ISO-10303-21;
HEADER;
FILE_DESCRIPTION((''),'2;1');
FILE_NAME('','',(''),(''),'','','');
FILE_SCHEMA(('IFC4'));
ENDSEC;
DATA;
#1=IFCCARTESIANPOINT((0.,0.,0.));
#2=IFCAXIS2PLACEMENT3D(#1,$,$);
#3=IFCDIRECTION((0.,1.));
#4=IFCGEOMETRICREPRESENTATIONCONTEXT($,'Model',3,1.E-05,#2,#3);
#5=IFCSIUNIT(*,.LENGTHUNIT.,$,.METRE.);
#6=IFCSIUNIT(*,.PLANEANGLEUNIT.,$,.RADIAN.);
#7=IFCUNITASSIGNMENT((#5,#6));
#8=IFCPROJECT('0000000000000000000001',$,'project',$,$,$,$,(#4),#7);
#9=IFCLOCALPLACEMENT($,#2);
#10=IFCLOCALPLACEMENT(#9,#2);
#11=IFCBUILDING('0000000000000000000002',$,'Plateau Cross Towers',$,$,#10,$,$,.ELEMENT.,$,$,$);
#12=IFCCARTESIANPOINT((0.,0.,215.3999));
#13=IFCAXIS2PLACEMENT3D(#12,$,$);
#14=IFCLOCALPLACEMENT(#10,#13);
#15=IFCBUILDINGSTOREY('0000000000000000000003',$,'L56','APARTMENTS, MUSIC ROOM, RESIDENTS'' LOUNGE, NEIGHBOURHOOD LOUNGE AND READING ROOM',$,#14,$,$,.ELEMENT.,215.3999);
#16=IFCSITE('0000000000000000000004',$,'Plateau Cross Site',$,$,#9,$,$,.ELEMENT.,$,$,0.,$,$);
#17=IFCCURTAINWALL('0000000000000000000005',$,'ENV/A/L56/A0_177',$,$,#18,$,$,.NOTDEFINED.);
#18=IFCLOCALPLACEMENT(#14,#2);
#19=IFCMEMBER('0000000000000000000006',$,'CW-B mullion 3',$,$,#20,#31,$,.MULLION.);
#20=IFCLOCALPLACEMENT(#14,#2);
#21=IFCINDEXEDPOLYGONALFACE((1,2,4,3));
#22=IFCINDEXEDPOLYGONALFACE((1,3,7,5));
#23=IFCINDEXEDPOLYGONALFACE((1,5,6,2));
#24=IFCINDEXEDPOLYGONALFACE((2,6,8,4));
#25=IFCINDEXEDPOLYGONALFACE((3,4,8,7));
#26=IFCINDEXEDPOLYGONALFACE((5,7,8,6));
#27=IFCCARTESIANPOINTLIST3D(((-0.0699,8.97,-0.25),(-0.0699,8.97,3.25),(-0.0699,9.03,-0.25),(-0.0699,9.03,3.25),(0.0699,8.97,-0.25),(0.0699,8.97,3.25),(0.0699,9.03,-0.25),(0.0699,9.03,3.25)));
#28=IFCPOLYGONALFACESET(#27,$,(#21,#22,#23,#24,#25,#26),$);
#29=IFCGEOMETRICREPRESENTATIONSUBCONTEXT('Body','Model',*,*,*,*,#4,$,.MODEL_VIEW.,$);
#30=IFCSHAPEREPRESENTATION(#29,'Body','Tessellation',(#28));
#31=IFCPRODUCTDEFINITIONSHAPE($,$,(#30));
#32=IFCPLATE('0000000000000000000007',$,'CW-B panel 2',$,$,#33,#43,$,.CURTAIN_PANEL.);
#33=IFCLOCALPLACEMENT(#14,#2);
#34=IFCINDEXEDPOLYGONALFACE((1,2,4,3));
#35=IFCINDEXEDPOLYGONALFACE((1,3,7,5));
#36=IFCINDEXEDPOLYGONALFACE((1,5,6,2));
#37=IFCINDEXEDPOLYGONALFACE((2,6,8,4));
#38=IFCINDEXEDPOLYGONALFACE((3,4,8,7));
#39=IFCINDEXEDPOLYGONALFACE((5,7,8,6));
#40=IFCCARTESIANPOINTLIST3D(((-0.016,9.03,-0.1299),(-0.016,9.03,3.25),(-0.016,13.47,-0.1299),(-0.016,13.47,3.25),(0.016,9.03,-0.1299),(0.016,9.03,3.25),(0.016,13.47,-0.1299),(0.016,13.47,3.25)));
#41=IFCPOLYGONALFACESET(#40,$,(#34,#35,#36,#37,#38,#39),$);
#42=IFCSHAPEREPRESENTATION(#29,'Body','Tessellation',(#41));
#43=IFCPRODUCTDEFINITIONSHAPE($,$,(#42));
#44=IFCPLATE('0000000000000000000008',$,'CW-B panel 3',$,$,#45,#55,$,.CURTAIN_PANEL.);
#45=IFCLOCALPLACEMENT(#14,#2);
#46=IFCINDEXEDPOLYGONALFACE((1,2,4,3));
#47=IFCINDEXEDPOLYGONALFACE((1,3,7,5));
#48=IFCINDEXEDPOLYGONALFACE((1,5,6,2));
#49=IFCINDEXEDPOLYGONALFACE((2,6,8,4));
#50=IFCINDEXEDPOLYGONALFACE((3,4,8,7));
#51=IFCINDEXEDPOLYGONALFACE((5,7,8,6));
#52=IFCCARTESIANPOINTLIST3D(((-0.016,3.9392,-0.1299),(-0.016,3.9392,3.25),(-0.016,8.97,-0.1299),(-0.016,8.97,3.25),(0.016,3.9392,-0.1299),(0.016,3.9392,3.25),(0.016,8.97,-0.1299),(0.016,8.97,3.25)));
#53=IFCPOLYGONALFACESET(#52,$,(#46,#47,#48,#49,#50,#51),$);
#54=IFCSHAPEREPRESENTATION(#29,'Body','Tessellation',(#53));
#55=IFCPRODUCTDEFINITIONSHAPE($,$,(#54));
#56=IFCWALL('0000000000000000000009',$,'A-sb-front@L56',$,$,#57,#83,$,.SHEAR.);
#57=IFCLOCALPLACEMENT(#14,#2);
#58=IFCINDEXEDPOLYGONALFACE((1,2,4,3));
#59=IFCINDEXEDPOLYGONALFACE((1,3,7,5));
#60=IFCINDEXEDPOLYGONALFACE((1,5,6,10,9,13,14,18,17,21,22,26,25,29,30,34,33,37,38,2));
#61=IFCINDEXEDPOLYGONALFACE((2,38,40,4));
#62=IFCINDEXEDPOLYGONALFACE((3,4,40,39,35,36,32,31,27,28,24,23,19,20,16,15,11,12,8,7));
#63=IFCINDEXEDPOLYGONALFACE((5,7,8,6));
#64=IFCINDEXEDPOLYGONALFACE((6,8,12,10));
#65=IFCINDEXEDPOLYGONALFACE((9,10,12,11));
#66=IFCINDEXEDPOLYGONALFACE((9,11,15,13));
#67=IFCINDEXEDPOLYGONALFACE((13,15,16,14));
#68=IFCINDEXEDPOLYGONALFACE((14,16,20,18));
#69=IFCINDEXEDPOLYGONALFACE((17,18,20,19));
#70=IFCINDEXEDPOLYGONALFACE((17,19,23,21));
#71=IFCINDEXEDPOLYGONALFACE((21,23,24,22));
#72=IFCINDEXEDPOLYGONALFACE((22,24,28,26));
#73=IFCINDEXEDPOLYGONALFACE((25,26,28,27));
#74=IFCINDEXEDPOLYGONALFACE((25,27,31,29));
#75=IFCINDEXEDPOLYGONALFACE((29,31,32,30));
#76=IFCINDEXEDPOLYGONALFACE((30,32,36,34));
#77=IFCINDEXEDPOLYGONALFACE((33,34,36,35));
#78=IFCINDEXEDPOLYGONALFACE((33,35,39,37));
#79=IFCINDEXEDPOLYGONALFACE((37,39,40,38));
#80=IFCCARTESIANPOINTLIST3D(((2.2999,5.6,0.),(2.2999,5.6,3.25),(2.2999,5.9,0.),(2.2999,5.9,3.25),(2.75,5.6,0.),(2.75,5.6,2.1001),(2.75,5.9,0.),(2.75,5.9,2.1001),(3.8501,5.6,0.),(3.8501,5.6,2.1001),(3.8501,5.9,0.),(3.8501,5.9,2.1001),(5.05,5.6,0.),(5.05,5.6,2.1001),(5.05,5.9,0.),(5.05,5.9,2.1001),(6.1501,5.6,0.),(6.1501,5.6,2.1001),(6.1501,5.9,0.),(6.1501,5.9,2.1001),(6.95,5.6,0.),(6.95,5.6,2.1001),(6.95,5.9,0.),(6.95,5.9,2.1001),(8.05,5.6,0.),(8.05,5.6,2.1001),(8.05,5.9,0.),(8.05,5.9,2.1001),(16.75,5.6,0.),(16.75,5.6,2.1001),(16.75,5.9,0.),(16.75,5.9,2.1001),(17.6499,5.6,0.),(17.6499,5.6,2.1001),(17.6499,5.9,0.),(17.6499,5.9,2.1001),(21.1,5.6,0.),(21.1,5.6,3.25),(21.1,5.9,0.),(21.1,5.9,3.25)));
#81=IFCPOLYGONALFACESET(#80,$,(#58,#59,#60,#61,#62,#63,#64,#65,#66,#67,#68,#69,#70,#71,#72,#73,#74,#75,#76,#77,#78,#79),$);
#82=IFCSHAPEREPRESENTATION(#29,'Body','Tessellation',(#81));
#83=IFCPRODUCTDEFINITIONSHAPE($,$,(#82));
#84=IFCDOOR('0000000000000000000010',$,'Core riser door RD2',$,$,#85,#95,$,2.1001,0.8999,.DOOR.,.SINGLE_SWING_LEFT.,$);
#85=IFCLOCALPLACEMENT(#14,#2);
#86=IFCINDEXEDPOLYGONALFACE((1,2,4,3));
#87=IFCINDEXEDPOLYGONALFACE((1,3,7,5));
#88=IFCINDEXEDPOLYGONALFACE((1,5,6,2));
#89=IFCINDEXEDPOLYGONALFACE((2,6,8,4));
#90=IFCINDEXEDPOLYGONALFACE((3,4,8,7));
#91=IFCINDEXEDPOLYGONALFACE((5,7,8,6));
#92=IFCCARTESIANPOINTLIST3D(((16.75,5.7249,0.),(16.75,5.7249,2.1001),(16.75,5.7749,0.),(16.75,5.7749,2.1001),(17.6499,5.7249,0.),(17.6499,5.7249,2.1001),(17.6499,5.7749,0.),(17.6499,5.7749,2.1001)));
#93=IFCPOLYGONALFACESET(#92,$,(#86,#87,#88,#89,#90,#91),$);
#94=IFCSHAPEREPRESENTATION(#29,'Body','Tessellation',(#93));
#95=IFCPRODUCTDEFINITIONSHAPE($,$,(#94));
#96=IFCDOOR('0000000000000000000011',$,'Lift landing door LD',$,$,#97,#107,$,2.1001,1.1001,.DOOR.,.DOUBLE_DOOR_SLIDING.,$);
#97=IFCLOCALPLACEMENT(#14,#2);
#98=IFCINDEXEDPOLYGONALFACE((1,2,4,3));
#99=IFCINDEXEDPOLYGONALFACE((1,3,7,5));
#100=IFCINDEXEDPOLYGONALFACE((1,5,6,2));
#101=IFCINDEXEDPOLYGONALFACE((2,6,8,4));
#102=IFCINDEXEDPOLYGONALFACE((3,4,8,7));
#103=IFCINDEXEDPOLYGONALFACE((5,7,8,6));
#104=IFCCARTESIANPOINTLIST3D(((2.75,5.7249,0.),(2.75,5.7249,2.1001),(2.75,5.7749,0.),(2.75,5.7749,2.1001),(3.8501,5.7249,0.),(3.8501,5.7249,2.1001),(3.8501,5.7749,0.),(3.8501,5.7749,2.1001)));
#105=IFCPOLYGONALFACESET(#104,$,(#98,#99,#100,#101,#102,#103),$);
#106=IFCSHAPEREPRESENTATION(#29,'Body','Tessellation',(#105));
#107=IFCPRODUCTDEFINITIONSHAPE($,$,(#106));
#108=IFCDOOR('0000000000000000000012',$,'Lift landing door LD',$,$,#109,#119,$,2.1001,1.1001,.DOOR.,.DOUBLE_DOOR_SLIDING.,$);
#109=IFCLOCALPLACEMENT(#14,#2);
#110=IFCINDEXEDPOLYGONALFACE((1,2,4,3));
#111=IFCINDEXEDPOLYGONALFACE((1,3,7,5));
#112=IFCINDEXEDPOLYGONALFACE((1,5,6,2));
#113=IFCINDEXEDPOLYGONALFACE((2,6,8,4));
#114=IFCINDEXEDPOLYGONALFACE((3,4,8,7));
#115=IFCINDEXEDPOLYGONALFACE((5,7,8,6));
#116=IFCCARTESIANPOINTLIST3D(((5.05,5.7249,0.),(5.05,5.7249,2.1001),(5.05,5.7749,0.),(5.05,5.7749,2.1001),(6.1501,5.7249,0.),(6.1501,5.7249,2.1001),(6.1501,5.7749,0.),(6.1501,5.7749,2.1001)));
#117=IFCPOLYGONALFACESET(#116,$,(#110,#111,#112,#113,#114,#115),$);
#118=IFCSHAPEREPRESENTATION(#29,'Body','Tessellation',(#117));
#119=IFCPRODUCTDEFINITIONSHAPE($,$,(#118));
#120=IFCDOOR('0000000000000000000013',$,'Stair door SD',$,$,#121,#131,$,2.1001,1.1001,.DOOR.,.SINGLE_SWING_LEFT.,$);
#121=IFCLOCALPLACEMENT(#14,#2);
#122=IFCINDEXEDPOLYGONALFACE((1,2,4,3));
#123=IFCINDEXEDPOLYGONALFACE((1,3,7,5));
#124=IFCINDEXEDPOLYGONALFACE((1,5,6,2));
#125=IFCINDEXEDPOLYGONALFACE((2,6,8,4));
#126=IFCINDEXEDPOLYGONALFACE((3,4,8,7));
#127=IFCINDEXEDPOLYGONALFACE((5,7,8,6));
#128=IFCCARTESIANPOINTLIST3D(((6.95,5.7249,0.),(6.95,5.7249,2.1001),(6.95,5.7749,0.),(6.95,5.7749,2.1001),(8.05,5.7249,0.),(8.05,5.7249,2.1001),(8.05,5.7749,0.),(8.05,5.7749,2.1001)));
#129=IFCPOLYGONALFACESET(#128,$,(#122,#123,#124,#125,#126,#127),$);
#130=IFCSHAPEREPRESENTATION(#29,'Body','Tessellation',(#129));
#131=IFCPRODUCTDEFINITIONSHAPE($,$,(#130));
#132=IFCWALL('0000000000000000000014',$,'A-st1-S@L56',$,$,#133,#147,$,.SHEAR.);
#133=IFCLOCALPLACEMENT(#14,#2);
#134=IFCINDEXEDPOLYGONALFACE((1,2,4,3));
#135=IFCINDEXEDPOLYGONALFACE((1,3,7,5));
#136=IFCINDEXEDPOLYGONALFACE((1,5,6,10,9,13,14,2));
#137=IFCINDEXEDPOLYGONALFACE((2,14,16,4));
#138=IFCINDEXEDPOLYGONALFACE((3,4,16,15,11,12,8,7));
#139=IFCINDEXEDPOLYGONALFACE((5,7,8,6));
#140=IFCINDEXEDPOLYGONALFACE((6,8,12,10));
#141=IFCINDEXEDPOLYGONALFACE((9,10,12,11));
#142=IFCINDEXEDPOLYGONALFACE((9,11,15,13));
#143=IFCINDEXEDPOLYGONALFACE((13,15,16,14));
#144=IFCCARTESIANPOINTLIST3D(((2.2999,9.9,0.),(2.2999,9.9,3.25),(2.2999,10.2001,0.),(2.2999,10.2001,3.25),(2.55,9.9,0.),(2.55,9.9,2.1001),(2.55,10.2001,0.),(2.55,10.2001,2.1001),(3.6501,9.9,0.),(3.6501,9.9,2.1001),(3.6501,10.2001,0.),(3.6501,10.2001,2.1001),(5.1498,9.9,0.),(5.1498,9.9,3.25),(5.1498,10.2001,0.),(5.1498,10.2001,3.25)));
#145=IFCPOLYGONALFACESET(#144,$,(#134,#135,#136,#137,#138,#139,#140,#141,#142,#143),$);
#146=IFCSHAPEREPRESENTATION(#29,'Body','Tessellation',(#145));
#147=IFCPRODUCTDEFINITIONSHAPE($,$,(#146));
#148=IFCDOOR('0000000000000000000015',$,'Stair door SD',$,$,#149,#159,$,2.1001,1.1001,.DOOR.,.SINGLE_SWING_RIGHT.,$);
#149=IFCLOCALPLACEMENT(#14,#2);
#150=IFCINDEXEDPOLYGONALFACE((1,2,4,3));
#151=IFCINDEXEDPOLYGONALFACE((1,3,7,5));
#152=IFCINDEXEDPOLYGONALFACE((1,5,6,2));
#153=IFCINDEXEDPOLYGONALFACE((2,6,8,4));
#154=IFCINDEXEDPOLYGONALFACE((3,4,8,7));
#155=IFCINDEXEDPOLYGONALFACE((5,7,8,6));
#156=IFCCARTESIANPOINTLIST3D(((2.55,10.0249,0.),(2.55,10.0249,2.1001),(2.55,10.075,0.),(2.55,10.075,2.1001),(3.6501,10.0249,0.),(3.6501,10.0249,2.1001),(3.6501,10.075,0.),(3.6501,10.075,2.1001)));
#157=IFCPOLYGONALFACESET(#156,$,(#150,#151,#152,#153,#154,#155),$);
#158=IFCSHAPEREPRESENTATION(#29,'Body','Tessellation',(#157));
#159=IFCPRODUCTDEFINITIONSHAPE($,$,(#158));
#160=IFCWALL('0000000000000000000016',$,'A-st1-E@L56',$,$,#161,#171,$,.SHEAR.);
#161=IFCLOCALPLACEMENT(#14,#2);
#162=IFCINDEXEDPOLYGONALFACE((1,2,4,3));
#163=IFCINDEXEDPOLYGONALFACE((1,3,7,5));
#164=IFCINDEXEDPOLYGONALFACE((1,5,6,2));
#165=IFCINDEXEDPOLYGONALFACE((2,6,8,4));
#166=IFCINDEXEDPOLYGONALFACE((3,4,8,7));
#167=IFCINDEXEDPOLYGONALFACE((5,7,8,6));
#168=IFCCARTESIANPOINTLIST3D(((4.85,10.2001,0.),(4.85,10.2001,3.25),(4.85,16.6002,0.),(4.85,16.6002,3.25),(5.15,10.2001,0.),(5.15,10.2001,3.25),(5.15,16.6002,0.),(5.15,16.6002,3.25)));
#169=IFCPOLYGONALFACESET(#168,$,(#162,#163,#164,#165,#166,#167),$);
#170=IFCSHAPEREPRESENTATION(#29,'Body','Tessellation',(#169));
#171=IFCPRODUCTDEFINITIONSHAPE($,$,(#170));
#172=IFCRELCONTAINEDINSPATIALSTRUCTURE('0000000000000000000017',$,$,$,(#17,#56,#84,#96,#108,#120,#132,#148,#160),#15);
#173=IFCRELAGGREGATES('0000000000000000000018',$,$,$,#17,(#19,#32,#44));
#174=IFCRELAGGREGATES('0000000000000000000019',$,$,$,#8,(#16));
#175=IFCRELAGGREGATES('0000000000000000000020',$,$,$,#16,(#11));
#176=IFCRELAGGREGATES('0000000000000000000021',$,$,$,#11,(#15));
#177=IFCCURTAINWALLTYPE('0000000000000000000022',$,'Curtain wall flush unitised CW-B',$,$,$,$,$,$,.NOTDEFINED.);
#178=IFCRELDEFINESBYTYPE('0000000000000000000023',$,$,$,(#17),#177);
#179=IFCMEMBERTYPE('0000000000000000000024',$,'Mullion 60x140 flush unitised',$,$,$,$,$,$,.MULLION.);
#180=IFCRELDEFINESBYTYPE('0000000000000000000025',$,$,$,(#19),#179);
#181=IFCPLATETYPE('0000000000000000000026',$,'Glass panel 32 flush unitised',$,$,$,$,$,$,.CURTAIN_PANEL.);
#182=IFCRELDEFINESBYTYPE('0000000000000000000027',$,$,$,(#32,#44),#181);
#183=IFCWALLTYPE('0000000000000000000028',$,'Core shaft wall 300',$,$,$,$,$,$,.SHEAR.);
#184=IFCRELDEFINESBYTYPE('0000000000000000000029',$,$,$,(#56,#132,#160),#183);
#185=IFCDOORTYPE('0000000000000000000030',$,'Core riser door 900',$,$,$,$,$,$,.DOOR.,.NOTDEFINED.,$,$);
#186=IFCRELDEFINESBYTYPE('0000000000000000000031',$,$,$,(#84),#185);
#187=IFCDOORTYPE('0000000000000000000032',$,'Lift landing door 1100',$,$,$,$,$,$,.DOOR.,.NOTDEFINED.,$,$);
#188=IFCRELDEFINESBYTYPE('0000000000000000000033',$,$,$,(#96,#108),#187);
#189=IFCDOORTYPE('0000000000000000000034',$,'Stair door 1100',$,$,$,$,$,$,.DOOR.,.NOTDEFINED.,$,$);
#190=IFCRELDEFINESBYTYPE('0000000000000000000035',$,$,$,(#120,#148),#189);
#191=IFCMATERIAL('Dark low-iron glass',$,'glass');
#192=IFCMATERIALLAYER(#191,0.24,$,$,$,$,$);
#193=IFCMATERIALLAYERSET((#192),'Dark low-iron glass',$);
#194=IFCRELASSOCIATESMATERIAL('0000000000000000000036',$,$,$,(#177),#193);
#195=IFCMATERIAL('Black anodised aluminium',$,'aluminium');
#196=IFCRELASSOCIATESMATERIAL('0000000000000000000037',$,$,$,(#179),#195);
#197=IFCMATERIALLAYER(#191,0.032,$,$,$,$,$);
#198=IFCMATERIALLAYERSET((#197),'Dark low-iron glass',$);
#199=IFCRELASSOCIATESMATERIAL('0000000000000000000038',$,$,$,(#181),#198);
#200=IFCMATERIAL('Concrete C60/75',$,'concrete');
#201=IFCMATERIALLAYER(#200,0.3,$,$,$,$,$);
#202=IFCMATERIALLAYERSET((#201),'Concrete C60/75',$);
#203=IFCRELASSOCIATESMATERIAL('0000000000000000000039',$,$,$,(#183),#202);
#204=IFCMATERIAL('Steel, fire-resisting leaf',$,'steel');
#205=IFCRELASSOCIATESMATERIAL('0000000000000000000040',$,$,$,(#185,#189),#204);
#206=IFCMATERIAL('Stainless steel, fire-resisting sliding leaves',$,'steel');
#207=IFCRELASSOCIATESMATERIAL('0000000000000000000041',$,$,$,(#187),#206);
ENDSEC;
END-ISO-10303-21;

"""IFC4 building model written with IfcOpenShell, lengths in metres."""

from ifc_helpers import new_model, si_unit, direction, frame, frame_2d, origin, origin_2d, place, context, subcontext, project, spatial, rectangle, extrude, material, layer, layer_set, material_profile, profile_set, type_object, element, fill, aggregate, save


model = new_model("IFC4")

# Units and contexts
model_context = context("Model", 3, precision=1e-05, world=origin(), true_north=direction((0.0, 1.0)))
body_context = subcontext(model_context, "Body", "Model", "MODEL_VIEW")
ifc_project = project(units=[si_unit("LENGTHUNIT", "METRE"), si_unit("PLANEANGLEUNIT", "RADIAN")], contexts=[model_context])

# Site, building, storey
site_placement = place(None, origin())
site = spatial("IfcSite", under=ifc_project, at=site_placement, Name="Plateau Cross Site", CompositionType="ELEMENT", RefElevation=0.0)
building_placement = place(site_placement, origin())
building = spatial("IfcBuilding", under=site, at=building_placement, Name="Plateau Cross Towers", CompositionType="ELEMENT")
storey_placement = place(building_placement, frame((0.0, 0.0, 215.3999)))
storey = spatial("IfcBuildingStorey", under=building, at=storey_placement, Name="L56", Description="APARTMENTS, MUSIC ROOM, RESIDENTS' LOUNGE, NEIGHBOURHOOD LOUNGE AND READING ROOM", CompositionType="ELEMENT", Elevation=215.3999)

# Curtain wall, member, plates
ifc_material_1 = material(Name="Dark low-iron glass", Category="glass")
ifc_layer_1 = layer(ifc_material_1, 0.24)
ifc_layer_set_1 = layer_set([ifc_layer_1], Name="Dark low-iron glass")
curtain_wall_type = type_object("IfcCurtainWallType", Name="Curtain wall flush unitised CW-B", PredefinedType="NOTDEFINED", material=ifc_layer_set_1)
curtain_wall_placement = place(storey_placement, origin())
curtain_wall = element("IfcCurtainWall", 1, at=curtain_wall_placement, inside=storey, type_object=curtain_wall_type, Name="ENV/A/L56/A0_177", PredefinedType="NOTDEFINED")
ifc_material_2 = material(Name="Black anodised aluminium", Category="aluminium")
ifc_material_profile = material_profile(ifc_material_2, rectangle(XDim=0.0601, YDim=0.1399, at=origin_2d()), Name="MULLION 60x140")
ifc_profile_set = profile_set([ifc_material_profile], Name="Black anodised aluminium")
member_type = type_object("IfcMemberType", Name="Mullion 60x140 flush unitised", PredefinedType="MULLION", material=ifc_profile_set)
member_placement = place(storey_placement, frame((0.0, 9.0, -0.25), z_axis=(0.0, 0.0, 1.0), x_axis=(0.0, -1.0, 0.0)))
member = element("IfcMember", 2, at=member_placement, type_object=member_type, Name="CW-B mullion 3", PredefinedType="MULLION", context=body_context, shape_type="SweptSolid", body=[
    extrude(rectangle(XDim=0.0601, YDim=0.1399, at=origin_2d()), origin(), (0.0, 0.0, 1.0), 3.5),
])
ifc_layer_2 = layer(ifc_material_1, 0.032)
ifc_layer_set_2 = layer_set([ifc_layer_2], Name="Dark low-iron glass")
plate_type = type_object("IfcPlateType", Name="Glass panel 32 flush unitised", PredefinedType="CURTAIN_PANEL", material=ifc_layer_set_2)
plate_1_placement = place(storey_placement, frame((0.0, 11.25, -0.1299), z_axis=(0.0, 0.0, 1.0), x_axis=(0.0, -1.0, 0.0)))
plate_1 = element("IfcPlate", 3, at=plate_1_placement, type_object=plate_type, Name="CW-B panel 2", PredefinedType="CURTAIN_PANEL", context=body_context, shape_type="SweptSolid", body=[
    extrude(rectangle(XDim=4.4399, YDim=0.032, at=origin_2d()), origin(), (0.0, 0.0, 1.0), 3.3799),
])
plate_2_placement = place(storey_placement, frame((0.0, 6.4546, -0.1299), z_axis=(0.0, 0.0, 1.0), x_axis=(0.0, -1.0, 0.0)))
plate_2 = element("IfcPlate", 4, at=plate_2_placement, type_object=plate_type, Name="CW-B panel 3", PredefinedType="CURTAIN_PANEL", context=body_context, shape_type="SweptSolid", body=[
    extrude(rectangle(XDim=5.0308, YDim=0.032, at=origin_2d()), origin(), (0.0, 0.0, 1.0), 3.3799),
])
aggregate(curtain_wall, [member, plate_1, plate_2])

# Wall, openings, doors
ifc_material_3 = material(Name="Concrete C60/75", Category="concrete")
ifc_layer_3 = layer(ifc_material_3, 0.3)
ifc_layer_set_3 = layer_set([ifc_layer_3], Name="Concrete C60/75")
wall_type = type_object("IfcWallType", Name="Core shaft wall 300", PredefinedType="SHEAR", material=ifc_layer_set_3)
wall_1_placement = place(storey_placement, frame((2.3, 5.75, 0.0), z_axis=(0.0, 0.0, 1.0), x_axis=(1.0, 0.0, 0.0)))
wall_1 = element("IfcWall", 5, at=wall_1_placement, inside=storey, type_object=wall_type, Name="A-sb-front@L56", PredefinedType="SHEAR", context=body_context, shape_type="SweptSolid", body=[
    extrude(rectangle(XDim=18.8, YDim=0.3, at=frame_2d((9.3999, 0.0))), origin(), (0.0, 0.0, 1.0), 3.25),
])
opening_1_placement = place(wall_1_placement, frame((4.6499, 0.0, 0.0)))
opening_1 = element("IfcOpeningElement", 6, at=opening_1_placement, cuts=wall_1, PredefinedType="OPENING", context=body_context, shape_type="SweptSolid", body=[
    extrude(rectangle(XDim=1.1001, YDim=2.1001, at=frame_2d((0.55, 1.05))), frame((0.0, 0.1599, 0.0), z_axis=(0.0, -1.0, 0.0), x_axis=(1.0, 0.0, 0.0)), (0.0, 0.0, 1.0), 0.3201),
])
opening_2_placement = place(wall_1_placement, frame((0.45, 0.0, 0.0)))
opening_2 = element("IfcOpeningElement", 7, at=opening_2_placement, cuts=wall_1, PredefinedType="OPENING", context=body_context, shape_type="SweptSolid", body=[
    extrude(rectangle(XDim=1.1001, YDim=2.1001, at=frame_2d((0.55, 1.05))), frame((0.0, 0.1599, 0.0), z_axis=(0.0, -1.0, 0.0), x_axis=(1.0, 0.0, 0.0)), (0.0, 0.0, 1.0), 0.3201),
])
opening_3_placement = place(wall_1_placement, frame((2.75, 0.0, 0.0)))
opening_3 = element("IfcOpeningElement", 8, at=opening_3_placement, cuts=wall_1, PredefinedType="OPENING", context=body_context, shape_type="SweptSolid", body=[
    extrude(rectangle(XDim=1.1001, YDim=2.1001, at=frame_2d((0.55, 1.05))), frame((0.0, 0.1599, 0.0), z_axis=(0.0, -1.0, 0.0), x_axis=(1.0, 0.0, 0.0)), (0.0, 0.0, 1.0), 0.3201),
])
opening_4_placement = place(wall_1_placement, frame((14.45, 0.0, 0.0)))
opening_4 = element("IfcOpeningElement", 9, at=opening_4_placement, cuts=wall_1, PredefinedType="OPENING", context=body_context, shape_type="SweptSolid", body=[
    extrude(rectangle(XDim=0.8999, YDim=2.1001, at=frame_2d((0.45, 1.05))), frame((0.0, 0.1599, 0.0), z_axis=(0.0, -1.0, 0.0), x_axis=(1.0, 0.0, 0.0)), (0.0, 0.0, 1.0), 0.3201),
])
ifc_material_4 = material(Name="Steel, fire-resisting leaf", Category="steel")
door_type_1 = type_object("IfcDoorType", Name="Core riser door 900", OperationType="NOTDEFINED", PredefinedType="DOOR", material=ifc_material_4)
door_1_placement = place(opening_4_placement, origin())
door_1 = element("IfcDoor", 10, at=door_1_placement, inside=storey, type_object=door_type_1, Name="Core riser door RD2", OperationType="SINGLE_SWING_LEFT", OverallHeight=2.1001, OverallWidth=0.8999, PredefinedType="DOOR", context=body_context, shape_type="SweptSolid", body=[
    extrude(rectangle(XDim=0.8999, YDim=2.1001, at=frame_2d((0.45, 1.05))), frame((0.0, 0.0249, 0.0), z_axis=(0.0, -1.0, 0.0), x_axis=(1.0, 0.0, 0.0)), (0.0, 0.0, 1.0), 0.05),
])
fill(opening_4, door_1)
ifc_material_5 = material(Name="Stainless steel, fire-resisting sliding leaves", Category="steel")
door_type_2 = type_object("IfcDoorType", Name="Lift landing door 1100", OperationType="NOTDEFINED", PredefinedType="DOOR", material=ifc_material_5)
door_2_placement = place(opening_2_placement, origin())
door_2 = element("IfcDoor", 11, at=door_2_placement, inside=storey, type_object=door_type_2, Name="Lift landing door LD", OperationType="DOUBLE_DOOR_SLIDING", OverallHeight=2.1001, OverallWidth=1.1001, PredefinedType="DOOR", context=body_context, shape_type="SweptSolid", body=[
    extrude(rectangle(XDim=1.1001, YDim=2.1001, at=frame_2d((0.55, 1.05))), frame((0.0, 0.0249, 0.0), z_axis=(0.0, -1.0, 0.0), x_axis=(1.0, 0.0, 0.0)), (0.0, 0.0, 1.0), 0.05),
])
fill(opening_2, door_2)
door_3_placement = place(opening_3_placement, origin())
door_3 = element("IfcDoor", 12, at=door_3_placement, inside=storey, type_object=door_type_2, Name="Lift landing door LD", OperationType="DOUBLE_DOOR_SLIDING", OverallHeight=2.1001, OverallWidth=1.1001, PredefinedType="DOOR", context=body_context, shape_type="SweptSolid", body=[
    extrude(rectangle(XDim=1.1001, YDim=2.1001, at=frame_2d((0.55, 1.05))), frame((0.0, 0.0249, 0.0), z_axis=(0.0, -1.0, 0.0), x_axis=(1.0, 0.0, 0.0)), (0.0, 0.0, 1.0), 0.05),
])
fill(opening_3, door_3)
door_type_3 = type_object("IfcDoorType", Name="Stair door 1100", OperationType="NOTDEFINED", PredefinedType="DOOR", material=ifc_material_4)
door_4_placement = place(opening_1_placement, origin())
door_4 = element("IfcDoor", 13, at=door_4_placement, inside=storey, type_object=door_type_3, Name="Stair door SD", OperationType="SINGLE_SWING_LEFT", OverallHeight=2.1001, OverallWidth=1.1001, PredefinedType="DOOR", context=body_context, shape_type="SweptSolid", body=[
    extrude(rectangle(XDim=1.1001, YDim=2.1001, at=frame_2d((0.55, 1.05))), frame((0.0, 0.0249, 0.0), z_axis=(0.0, -1.0, 0.0), x_axis=(1.0, 0.0, 0.0)), (0.0, 0.0, 1.0), 0.05),
])
fill(opening_1, door_4)

# Wall, opening, door
wall_2_placement = place(storey_placement, frame((2.3, 10.05, 0.0), z_axis=(0.0, 0.0, 1.0), x_axis=(1.0, 0.0, 0.0)))
wall_2 = element("IfcWall", 14, at=wall_2_placement, inside=storey, type_object=wall_type, Name="A-st1-S@L56", PredefinedType="SHEAR", context=body_context, shape_type="SweptSolid", body=[
    extrude(rectangle(XDim=2.8499, YDim=0.3, at=frame_2d((1.4248, 0.0))), origin(), (0.0, 0.0, 1.0), 3.25),
])
opening_5_placement = place(wall_2_placement, frame((0.25, 0.0, 0.0)))
opening_5 = element("IfcOpeningElement", 15, at=opening_5_placement, cuts=wall_2, PredefinedType="OPENING", context=body_context, shape_type="SweptSolid", body=[
    extrude(rectangle(XDim=1.1001, YDim=2.1001, at=frame_2d((0.55, 1.05))), frame((0.0, 0.1599, 0.0), z_axis=(0.0, -1.0, 0.0), x_axis=(1.0, 0.0, 0.0)), (0.0, 0.0, 1.0), 0.3201),
])
door_5_placement = place(opening_5_placement, origin())
door_5 = element("IfcDoor", 16, at=door_5_placement, inside=storey, type_object=door_type_3, Name="Stair door SD", OperationType="SINGLE_SWING_RIGHT", OverallHeight=2.1001, OverallWidth=1.1001, PredefinedType="DOOR", context=body_context, shape_type="SweptSolid", body=[
    extrude(rectangle(XDim=1.1001, YDim=2.1001, at=frame_2d((0.55, 1.05))), frame((0.0, 0.0249, 0.0), z_axis=(0.0, -1.0, 0.0), x_axis=(1.0, 0.0, 0.0)), (0.0, 0.0, 1.0), 0.05),
])
fill(opening_5, door_5)

# Wall
wall_3_placement = place(storey_placement, frame((5.0, 10.2, 0.0), z_axis=(0.0, 0.0, 1.0), x_axis=(0.0, 1.0, 0.0)))
element("IfcWall", 17, at=wall_3_placement, inside=storey, type_object=wall_type, Name="A-st1-E@L56", PredefinedType="SHEAR", context=body_context, shape_type="SweptSolid", body=[
    extrude(rectangle(XDim=6.4001, YDim=0.3, at=frame_2d((3.2002, 0.0))), origin(), (0.0, 0.0, 1.0), 3.25),
])

save(model, "model.ifc")
